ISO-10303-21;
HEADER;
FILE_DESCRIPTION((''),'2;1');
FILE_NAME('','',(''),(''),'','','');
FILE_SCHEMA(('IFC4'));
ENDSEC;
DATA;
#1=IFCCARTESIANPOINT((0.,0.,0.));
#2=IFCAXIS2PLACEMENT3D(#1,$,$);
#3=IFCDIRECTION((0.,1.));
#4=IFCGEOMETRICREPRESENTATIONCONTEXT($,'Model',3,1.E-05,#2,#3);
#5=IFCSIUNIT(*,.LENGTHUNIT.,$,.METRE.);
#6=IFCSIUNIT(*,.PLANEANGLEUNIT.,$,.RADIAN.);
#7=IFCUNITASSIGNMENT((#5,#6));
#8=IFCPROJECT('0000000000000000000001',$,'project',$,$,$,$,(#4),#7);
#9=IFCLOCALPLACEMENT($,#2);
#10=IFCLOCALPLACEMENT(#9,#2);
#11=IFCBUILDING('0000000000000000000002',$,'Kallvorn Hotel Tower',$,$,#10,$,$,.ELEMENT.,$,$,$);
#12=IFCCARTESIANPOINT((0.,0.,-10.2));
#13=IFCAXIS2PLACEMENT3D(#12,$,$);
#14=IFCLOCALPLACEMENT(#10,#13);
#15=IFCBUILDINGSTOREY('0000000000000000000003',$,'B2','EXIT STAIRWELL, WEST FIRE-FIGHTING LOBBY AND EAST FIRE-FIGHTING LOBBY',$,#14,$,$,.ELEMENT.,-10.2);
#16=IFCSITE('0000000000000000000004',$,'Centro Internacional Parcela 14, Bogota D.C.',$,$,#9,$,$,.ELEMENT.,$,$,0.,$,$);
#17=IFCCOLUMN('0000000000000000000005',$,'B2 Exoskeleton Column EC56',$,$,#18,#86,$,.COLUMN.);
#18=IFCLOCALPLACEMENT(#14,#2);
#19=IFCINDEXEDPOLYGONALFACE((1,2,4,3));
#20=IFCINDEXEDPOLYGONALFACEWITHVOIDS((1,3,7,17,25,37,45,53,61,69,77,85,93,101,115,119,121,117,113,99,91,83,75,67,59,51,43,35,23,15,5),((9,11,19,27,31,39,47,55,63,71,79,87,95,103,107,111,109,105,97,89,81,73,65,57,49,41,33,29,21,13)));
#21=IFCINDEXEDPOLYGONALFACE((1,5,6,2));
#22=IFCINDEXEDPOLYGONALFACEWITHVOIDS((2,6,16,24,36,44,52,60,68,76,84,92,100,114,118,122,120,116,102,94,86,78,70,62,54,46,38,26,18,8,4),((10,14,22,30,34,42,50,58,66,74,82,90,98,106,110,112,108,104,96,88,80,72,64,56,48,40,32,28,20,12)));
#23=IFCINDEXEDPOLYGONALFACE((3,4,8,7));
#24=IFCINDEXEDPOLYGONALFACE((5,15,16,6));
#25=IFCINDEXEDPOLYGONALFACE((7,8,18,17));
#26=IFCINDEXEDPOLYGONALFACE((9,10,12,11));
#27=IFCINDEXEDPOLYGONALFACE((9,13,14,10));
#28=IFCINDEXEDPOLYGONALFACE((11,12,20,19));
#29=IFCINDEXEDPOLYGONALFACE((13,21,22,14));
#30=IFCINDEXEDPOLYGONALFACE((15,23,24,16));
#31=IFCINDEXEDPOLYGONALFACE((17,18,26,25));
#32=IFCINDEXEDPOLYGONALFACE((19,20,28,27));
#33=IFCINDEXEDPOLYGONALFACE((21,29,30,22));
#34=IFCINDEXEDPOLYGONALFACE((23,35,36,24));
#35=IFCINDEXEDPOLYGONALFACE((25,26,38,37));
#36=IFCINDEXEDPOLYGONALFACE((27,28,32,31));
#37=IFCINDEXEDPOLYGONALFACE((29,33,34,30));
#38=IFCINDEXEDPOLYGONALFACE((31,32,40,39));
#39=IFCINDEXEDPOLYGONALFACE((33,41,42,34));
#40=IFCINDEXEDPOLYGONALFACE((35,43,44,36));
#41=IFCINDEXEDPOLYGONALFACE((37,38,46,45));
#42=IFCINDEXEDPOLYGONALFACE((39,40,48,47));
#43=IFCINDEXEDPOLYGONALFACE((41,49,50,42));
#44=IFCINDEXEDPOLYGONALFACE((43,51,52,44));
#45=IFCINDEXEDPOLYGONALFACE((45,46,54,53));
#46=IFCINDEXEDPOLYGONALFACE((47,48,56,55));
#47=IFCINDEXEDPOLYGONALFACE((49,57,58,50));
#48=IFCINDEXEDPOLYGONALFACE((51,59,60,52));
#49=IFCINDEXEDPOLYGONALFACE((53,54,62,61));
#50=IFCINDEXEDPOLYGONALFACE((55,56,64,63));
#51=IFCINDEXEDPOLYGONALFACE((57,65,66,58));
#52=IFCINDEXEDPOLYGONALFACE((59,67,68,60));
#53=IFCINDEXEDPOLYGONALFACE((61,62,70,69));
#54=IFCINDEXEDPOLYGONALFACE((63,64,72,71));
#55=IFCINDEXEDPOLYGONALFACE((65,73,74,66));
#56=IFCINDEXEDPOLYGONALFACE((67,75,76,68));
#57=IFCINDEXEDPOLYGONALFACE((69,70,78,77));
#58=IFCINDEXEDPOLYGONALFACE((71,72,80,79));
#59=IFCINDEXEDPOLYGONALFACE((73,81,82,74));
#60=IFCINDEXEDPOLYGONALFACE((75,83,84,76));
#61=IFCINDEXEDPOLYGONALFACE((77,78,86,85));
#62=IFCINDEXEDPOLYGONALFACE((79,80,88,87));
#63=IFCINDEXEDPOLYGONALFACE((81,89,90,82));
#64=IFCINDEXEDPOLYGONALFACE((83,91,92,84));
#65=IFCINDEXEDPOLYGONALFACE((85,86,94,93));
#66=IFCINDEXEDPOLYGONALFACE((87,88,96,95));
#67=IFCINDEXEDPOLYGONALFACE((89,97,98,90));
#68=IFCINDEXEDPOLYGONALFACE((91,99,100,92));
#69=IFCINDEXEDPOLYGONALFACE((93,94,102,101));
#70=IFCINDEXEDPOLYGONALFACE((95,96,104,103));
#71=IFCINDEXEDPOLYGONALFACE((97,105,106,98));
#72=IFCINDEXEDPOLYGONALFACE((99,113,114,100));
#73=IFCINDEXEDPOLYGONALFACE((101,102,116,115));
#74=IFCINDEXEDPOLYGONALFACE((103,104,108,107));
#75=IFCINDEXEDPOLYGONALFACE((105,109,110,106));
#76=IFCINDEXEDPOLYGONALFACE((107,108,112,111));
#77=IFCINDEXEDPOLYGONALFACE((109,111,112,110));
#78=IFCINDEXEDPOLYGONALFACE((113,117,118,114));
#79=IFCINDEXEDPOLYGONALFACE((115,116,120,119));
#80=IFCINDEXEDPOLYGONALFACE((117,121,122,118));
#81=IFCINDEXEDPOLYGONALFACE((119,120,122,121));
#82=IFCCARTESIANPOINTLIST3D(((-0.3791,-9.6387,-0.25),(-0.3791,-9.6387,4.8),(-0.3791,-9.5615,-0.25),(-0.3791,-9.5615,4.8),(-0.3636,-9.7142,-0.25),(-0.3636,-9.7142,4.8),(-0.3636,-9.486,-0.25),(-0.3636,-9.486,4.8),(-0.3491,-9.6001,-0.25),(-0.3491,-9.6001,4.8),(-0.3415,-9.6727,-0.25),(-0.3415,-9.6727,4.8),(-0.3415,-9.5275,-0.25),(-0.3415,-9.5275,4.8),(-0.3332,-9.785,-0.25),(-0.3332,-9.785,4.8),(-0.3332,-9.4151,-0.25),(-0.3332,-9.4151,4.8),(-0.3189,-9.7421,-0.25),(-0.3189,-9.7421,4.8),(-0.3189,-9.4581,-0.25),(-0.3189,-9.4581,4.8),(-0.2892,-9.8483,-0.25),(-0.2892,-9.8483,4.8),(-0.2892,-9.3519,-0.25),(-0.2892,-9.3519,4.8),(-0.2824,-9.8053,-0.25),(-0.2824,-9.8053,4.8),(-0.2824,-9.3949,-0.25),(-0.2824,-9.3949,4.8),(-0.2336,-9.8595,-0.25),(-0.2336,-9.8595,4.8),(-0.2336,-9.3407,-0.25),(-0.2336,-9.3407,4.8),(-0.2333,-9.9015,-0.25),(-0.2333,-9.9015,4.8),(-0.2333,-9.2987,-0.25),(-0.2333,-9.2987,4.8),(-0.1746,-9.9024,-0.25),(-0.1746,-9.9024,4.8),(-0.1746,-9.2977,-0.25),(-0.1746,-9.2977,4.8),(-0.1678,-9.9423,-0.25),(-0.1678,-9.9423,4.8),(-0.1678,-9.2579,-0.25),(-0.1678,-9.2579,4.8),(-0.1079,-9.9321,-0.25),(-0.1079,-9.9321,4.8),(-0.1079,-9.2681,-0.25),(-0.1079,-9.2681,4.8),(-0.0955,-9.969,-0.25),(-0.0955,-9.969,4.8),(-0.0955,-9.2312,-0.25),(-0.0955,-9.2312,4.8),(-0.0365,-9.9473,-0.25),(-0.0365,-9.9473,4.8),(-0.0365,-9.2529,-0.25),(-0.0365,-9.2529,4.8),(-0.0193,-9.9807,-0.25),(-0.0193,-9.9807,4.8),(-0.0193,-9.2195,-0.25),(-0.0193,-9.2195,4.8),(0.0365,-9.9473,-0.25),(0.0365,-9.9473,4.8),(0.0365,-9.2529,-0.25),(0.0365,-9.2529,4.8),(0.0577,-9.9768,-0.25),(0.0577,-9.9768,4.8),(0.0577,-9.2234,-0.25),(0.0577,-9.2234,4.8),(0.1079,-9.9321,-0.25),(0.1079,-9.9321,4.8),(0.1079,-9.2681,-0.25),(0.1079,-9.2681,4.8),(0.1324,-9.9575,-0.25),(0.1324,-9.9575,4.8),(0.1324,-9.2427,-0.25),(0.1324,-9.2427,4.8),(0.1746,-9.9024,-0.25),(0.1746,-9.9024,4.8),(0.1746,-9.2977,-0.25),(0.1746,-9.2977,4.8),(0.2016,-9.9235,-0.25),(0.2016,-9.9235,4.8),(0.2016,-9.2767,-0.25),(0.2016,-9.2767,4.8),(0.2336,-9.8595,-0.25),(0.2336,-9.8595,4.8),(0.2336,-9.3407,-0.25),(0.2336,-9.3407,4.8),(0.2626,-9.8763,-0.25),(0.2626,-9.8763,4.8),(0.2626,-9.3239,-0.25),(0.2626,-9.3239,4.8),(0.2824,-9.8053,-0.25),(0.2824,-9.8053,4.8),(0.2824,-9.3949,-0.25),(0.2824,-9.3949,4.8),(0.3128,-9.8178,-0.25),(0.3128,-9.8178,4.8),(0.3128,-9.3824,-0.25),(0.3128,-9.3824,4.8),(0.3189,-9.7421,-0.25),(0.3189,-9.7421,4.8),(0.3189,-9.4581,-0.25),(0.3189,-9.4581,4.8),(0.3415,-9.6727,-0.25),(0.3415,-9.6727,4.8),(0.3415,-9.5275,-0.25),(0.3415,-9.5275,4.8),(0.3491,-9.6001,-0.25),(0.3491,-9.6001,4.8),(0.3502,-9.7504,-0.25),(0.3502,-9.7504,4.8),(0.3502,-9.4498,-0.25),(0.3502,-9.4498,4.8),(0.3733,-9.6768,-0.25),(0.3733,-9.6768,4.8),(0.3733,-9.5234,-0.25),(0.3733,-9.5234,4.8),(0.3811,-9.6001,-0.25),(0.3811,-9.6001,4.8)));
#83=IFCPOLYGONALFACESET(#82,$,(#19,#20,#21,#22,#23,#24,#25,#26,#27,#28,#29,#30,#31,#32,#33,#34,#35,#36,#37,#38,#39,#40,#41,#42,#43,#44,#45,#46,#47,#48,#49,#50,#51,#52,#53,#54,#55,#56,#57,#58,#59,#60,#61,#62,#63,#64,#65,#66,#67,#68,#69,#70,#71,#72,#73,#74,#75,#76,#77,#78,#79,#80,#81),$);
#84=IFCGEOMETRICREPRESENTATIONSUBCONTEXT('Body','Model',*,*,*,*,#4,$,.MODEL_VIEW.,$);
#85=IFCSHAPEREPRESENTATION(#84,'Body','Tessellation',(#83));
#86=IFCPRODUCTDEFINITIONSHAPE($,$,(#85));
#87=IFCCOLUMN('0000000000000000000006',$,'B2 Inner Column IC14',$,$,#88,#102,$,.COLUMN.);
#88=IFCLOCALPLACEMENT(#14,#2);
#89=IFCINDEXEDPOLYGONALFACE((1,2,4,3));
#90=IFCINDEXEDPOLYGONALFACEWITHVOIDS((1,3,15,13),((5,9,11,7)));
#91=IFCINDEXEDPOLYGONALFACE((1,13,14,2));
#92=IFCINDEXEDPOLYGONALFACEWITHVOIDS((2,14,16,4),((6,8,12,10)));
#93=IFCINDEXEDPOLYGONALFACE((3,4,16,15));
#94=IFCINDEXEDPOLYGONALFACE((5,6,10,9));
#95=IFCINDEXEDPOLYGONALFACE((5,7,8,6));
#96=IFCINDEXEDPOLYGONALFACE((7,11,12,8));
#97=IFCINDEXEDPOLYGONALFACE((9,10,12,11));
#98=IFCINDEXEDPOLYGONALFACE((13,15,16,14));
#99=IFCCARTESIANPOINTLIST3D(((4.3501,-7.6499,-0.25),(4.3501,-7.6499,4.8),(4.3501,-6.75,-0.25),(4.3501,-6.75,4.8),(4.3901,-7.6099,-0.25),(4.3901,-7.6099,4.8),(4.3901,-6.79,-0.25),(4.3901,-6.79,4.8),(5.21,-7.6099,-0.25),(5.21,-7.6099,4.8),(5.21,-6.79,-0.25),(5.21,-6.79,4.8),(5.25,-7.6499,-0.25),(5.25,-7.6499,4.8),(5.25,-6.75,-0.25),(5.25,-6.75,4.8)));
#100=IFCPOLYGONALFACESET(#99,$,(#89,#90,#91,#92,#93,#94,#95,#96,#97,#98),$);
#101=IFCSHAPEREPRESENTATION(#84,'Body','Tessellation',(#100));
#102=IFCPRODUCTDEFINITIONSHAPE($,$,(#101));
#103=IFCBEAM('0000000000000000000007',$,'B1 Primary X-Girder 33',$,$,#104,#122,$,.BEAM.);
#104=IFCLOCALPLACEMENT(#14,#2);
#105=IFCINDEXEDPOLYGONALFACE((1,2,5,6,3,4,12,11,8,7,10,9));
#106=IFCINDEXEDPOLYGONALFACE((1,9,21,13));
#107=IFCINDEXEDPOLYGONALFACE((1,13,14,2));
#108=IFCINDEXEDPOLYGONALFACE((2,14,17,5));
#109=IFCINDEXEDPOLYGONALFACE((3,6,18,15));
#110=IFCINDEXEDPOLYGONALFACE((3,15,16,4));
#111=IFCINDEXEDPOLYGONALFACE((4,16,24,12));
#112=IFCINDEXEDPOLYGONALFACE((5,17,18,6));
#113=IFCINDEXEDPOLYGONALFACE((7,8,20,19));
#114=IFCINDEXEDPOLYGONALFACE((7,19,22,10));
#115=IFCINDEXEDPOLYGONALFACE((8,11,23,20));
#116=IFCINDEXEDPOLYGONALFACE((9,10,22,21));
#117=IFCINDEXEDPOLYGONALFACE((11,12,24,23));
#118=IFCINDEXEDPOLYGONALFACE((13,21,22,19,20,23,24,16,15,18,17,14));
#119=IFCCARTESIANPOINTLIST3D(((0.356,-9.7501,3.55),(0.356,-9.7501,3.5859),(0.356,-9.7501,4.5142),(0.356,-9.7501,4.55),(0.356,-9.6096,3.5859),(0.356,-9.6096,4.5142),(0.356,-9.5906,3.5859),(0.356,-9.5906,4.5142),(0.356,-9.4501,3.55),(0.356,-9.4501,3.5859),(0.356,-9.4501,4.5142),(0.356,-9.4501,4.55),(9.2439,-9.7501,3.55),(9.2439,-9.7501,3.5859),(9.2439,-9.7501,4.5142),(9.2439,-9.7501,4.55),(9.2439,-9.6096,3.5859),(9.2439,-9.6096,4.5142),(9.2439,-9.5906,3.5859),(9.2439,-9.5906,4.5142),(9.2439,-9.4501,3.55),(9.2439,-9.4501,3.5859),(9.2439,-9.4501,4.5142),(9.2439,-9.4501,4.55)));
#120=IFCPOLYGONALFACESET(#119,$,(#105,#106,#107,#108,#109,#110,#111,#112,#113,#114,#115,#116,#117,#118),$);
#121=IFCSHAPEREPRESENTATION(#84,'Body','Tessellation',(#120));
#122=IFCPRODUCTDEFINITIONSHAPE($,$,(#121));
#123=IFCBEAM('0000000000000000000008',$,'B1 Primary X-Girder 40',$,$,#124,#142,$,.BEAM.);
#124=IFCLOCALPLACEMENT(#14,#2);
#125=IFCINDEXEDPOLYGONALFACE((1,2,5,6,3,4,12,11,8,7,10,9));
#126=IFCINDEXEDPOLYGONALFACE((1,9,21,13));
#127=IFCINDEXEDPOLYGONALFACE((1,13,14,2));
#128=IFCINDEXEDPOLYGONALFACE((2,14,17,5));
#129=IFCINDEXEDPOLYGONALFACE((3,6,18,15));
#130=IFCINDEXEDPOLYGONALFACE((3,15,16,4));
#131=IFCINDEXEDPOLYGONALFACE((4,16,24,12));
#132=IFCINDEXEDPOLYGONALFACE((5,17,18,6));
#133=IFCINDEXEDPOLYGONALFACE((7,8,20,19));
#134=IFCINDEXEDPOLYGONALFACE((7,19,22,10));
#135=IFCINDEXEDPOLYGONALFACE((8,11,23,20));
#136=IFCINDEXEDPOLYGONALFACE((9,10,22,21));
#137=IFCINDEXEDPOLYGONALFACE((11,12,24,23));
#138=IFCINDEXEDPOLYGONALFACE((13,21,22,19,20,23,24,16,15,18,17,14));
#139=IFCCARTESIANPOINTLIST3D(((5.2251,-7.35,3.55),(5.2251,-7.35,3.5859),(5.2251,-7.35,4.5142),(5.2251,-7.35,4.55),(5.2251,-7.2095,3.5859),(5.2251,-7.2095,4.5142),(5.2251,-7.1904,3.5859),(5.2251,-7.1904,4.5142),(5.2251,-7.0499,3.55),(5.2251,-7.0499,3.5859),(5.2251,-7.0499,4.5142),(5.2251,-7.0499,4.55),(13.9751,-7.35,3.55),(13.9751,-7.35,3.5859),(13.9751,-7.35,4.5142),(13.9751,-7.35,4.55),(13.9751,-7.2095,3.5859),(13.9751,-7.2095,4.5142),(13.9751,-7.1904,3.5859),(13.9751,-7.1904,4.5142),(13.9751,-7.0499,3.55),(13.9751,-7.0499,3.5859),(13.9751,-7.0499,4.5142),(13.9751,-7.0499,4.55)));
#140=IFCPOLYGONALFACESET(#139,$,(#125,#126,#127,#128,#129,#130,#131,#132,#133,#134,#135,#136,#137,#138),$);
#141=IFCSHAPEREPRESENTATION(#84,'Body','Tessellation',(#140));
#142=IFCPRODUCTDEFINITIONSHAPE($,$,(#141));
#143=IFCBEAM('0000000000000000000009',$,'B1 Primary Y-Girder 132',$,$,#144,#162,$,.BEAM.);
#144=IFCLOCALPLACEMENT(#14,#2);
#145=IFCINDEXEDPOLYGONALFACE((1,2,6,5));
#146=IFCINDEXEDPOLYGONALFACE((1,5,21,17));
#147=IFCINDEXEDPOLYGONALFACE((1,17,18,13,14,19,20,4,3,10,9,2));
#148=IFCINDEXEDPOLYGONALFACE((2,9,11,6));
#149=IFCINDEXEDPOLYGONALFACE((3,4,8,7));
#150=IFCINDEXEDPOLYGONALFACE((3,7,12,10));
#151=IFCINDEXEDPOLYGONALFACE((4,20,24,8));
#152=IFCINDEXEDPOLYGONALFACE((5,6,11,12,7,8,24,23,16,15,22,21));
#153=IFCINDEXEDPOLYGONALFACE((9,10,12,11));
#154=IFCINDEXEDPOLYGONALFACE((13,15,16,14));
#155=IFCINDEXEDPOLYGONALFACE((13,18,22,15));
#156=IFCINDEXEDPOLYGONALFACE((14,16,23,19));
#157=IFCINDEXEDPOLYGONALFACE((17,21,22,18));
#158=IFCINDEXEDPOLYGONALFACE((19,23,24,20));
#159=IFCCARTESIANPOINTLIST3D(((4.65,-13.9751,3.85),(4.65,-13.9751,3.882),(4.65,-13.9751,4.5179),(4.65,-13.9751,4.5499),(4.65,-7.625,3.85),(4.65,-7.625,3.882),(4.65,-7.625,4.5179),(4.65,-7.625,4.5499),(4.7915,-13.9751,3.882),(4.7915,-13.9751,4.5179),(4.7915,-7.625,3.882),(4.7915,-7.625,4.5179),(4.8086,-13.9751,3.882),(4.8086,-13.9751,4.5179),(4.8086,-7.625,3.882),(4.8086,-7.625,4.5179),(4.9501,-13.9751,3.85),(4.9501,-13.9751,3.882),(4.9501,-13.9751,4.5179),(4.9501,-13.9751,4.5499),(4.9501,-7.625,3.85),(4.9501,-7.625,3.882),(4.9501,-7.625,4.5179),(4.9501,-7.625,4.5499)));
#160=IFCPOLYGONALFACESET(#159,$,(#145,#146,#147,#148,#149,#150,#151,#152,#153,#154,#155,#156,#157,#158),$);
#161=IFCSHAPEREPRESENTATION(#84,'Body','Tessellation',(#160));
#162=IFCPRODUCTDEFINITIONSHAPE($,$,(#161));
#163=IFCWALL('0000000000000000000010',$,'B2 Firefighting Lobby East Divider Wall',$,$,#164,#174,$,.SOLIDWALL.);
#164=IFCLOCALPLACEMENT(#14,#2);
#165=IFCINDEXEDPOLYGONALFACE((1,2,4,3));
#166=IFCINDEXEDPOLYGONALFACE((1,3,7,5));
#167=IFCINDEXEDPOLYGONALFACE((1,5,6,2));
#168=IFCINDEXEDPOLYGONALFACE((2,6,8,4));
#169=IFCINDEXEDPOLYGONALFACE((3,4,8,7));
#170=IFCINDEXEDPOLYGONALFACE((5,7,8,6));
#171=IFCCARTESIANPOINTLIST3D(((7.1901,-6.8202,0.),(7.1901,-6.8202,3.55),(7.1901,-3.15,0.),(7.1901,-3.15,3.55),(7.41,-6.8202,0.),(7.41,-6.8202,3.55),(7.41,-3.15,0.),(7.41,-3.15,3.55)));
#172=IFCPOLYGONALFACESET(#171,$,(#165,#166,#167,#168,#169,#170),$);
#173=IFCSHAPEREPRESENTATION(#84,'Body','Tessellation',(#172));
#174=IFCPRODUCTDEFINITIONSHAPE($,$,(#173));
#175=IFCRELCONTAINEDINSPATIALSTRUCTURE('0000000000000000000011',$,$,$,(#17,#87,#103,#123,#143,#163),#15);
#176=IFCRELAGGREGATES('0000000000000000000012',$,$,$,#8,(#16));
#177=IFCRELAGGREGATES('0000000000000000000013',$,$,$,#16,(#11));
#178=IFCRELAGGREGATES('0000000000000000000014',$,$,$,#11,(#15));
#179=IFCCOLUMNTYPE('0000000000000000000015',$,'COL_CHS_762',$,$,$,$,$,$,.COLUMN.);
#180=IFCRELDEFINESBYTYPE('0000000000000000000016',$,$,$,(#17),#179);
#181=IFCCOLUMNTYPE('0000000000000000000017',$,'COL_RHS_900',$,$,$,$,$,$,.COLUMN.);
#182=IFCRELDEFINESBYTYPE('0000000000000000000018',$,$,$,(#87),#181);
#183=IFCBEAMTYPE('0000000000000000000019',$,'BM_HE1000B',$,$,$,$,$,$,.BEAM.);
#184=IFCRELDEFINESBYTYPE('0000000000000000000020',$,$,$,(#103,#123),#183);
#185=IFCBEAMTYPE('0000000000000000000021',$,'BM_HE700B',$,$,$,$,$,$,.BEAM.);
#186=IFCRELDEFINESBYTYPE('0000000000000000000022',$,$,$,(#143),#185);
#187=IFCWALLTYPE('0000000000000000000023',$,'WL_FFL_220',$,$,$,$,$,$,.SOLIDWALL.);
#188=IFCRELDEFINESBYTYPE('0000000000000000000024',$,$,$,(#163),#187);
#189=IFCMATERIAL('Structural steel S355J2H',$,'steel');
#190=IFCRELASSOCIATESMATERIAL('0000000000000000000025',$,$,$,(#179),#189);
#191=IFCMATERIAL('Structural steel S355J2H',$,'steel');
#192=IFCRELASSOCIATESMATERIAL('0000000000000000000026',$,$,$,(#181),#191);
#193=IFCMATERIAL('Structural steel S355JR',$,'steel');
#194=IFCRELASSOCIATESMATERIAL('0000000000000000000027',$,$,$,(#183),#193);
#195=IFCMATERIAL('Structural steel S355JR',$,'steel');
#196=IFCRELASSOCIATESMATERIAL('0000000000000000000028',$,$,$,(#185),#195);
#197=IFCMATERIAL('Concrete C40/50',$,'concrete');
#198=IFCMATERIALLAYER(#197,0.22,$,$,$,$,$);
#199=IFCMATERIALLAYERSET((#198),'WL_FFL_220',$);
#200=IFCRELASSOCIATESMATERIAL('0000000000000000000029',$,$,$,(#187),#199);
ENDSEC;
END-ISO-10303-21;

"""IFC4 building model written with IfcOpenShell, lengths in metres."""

from ifc_helpers import new_model, si_unit, direction, frame, frame_2d, origin, origin_2d, place, context, subcontext, project, spatial, rectangle, hollow_rectangle, hollow_circle, i_section, extrude, material, layer, layer_set, material_profile, profile_set, type_object, element, save


model = new_model("IFC4")

# Units and contexts
model_context = context("Model", 3, precision=1e-05, world=origin(), true_north=direction((0.0, 1.0)))
body_context = subcontext(model_context, "Body", "Model", "MODEL_VIEW")
ifc_project = project(units=[si_unit("LENGTHUNIT", "METRE"), si_unit("PLANEANGLEUNIT", "RADIAN")], contexts=[model_context])

# Site, building, storey
site_placement = place(None, origin())
site = spatial("IfcSite", under=ifc_project, at=site_placement, Name="Centro Internacional Parcela 14, Bogota D.C.", CompositionType="ELEMENT", RefElevation=0.0)
building_placement = place(site_placement, origin())
building = spatial("IfcBuilding", under=site, at=building_placement, Name="Kallvorn Hotel Tower", CompositionType="ELEMENT")
storey_placement = place(building_placement, frame((0.0, 0.0, -10.2)))
storey = spatial("IfcBuildingStorey", under=building, at=storey_placement, Name="B2", Description="EXIT STAIRWELL, WEST FIRE-FIGHTING LOBBY AND EAST FIRE-FIGHTING LOBBY", CompositionType="ELEMENT", Elevation=-10.2)

# Columns
ifc_material_1 = material(Name="Structural steel S355J2H", Category="steel")
ifc_material_profile_1 = material_profile(ifc_material_1, hollow_circle(Radius=0.3811, WallThickness=0.032, at=origin_2d()), Name="CHS 762x32")
ifc_profile_set_1 = profile_set([ifc_material_profile_1], Name="Structural steel S355J2H")
column_type_1 = type_object("IfcColumnType", Name="COL_CHS_762", PredefinedType="COLUMN", material=ifc_profile_set_1)
column_1_placement = place(storey_placement, frame((0.0, -9.6001, -0.25), z_axis=(0.0, 0.0, 1.0), x_axis=(1.0, 0.0, 0.0)))
element("IfcColumn", 1, at=column_1_placement, inside=storey, type_object=column_type_1, Name="B2 Exoskeleton Column EC56", PredefinedType="COLUMN", context=body_context, shape_type="SweptSolid", body=[
    extrude(hollow_circle(Radius=0.3811, WallThickness=0.032, at=origin_2d()), origin(), (0.0, 0.0, 1.0), 5.05),
])
ifc_material_2 = material(Name="Structural steel S355J2H", Category="steel")
ifc_material_profile_2 = material_profile(ifc_material_2, hollow_rectangle(XDim=0.8999, YDim=0.8999, WallThickness=0.04, at=origin_2d()), Name="RHS 900x900x40")
ifc_profile_set_2 = profile_set([ifc_material_profile_2], Name="Structural steel S355J2H")
column_type_2 = type_object("IfcColumnType", Name="COL_RHS_900", PredefinedType="COLUMN", material=ifc_profile_set_2)
column_2_placement = place(storey_placement, frame((4.8, -7.2, -0.25), z_axis=(0.0, 0.0, 1.0), x_axis=(1.0, 0.0, 0.0)))
element("IfcColumn", 2, at=column_2_placement, inside=storey, type_object=column_type_2, Name="B2 Inner Column IC14", PredefinedType="COLUMN", context=body_context, shape_type="SweptSolid", body=[
    extrude(hollow_rectangle(XDim=0.8999, YDim=0.8999, WallThickness=0.04, at=origin_2d()), origin(), (0.0, 0.0, 1.0), 5.05),
])

# Beams
ifc_material_3 = material(Name="Structural steel S355JR", Category="steel")
ifc_material_profile_3 = material_profile(ifc_material_3, i_section(OverallWidth=0.3, OverallDepth=1.0, WebThickness=0.019, FlangeThickness=0.0359, at=origin_2d()), Name="HE 1000 B")
ifc_profile_set_3 = profile_set([ifc_material_profile_3], Name="Structural steel S355JR")
beam_type_1 = type_object("IfcBeamType", Name="BM_HE1000B", PredefinedType="BEAM", material=ifc_profile_set_3)
beam_1_placement = place(storey_placement, frame((0.356, -9.6001, 4.05), z_axis=(1.0, 0.0, 0.0), x_axis=(0.0, 1.0, 0.0)))
element("IfcBeam", 3, at=beam_1_placement, inside=storey, type_object=beam_type_1, Name="B1 Primary X-Girder 33", PredefinedType="BEAM", context=body_context, shape_type="SweptSolid", body=[
    extrude(i_section(OverallWidth=0.3, OverallDepth=1.0, WebThickness=0.019, FlangeThickness=0.0359, at=origin_2d()), origin(), (0.0, 0.0, 1.0), 8.8879),
])
beam_2_placement = place(storey_placement, frame((5.2251, -7.2, 4.05), z_axis=(1.0, 0.0, 0.0), x_axis=(0.0, 1.0, 0.0)))
element("IfcBeam", 4, at=beam_2_placement, inside=storey, type_object=beam_type_1, Name="B1 Primary X-Girder 40", PredefinedType="BEAM", context=body_context, shape_type="SweptSolid", body=[
    extrude(i_section(OverallWidth=0.3, OverallDepth=1.0, WebThickness=0.019, FlangeThickness=0.0359, at=origin_2d()), origin(), (0.0, 0.0, 1.0), 8.75),
])
ifc_material_4 = material(Name="Structural steel S355JR", Category="steel")
ifc_material_profile_4 = material_profile(ifc_material_4, i_section(OverallWidth=0.3, OverallDepth=0.7, WebThickness=0.0171, FlangeThickness=0.032, at=origin_2d()), Name="HE 700 B")
ifc_profile_set_4 = profile_set([ifc_material_profile_4], Name="Structural steel S355JR")
beam_type_2 = type_object("IfcBeamType", Name="BM_HE700B", PredefinedType="BEAM", material=ifc_profile_set_4)
beam_3_placement = place(storey_placement, frame((4.8, -13.9751, 4.2), z_axis=(0.0, 1.0, 0.0), x_axis=(-1.0, 0.0, 0.0)))
element("IfcBeam", 5, at=beam_3_placement, inside=storey, type_object=beam_type_2, Name="B1 Primary Y-Girder 132", PredefinedType="BEAM", context=body_context, shape_type="SweptSolid", body=[
    extrude(i_section(OverallWidth=0.3, OverallDepth=0.7, WebThickness=0.0171, FlangeThickness=0.032, at=origin_2d()), origin(), (0.0, 0.0, 1.0), 6.3501),
])

# Wall
ifc_material_5 = material(Name="Concrete C40/50", Category="concrete")
ifc_layer_1 = layer(ifc_material_5, 0.22)
ifc_layer_set_1 = layer_set([ifc_layer_1], Name="WL_FFL_220")
wall_type_1 = type_object("IfcWallType", Name="WL_FFL_220", PredefinedType="SOLIDWALL", material=ifc_layer_set_1)
wall_1_placement = place(storey_placement, frame((7.3, -6.8201, 0.0), z_axis=(0.0, 0.0, 1.0), x_axis=(0.0, 1.0, 0.0)))
element("IfcWall", 6, at=wall_1_placement, inside=storey, type_object=wall_type_1, Name="B2 Firefighting Lobby East Divider Wall", PredefinedType="SOLIDWALL", context=body_context, shape_type="SweptSolid", body=[
    extrude(rectangle(XDim=3.6702, YDim=0.22, at=frame_2d((1.835, 0.0))), origin(), (0.0, 0.0, 1.0), 3.55),
])

save(model, "model.ifc")
